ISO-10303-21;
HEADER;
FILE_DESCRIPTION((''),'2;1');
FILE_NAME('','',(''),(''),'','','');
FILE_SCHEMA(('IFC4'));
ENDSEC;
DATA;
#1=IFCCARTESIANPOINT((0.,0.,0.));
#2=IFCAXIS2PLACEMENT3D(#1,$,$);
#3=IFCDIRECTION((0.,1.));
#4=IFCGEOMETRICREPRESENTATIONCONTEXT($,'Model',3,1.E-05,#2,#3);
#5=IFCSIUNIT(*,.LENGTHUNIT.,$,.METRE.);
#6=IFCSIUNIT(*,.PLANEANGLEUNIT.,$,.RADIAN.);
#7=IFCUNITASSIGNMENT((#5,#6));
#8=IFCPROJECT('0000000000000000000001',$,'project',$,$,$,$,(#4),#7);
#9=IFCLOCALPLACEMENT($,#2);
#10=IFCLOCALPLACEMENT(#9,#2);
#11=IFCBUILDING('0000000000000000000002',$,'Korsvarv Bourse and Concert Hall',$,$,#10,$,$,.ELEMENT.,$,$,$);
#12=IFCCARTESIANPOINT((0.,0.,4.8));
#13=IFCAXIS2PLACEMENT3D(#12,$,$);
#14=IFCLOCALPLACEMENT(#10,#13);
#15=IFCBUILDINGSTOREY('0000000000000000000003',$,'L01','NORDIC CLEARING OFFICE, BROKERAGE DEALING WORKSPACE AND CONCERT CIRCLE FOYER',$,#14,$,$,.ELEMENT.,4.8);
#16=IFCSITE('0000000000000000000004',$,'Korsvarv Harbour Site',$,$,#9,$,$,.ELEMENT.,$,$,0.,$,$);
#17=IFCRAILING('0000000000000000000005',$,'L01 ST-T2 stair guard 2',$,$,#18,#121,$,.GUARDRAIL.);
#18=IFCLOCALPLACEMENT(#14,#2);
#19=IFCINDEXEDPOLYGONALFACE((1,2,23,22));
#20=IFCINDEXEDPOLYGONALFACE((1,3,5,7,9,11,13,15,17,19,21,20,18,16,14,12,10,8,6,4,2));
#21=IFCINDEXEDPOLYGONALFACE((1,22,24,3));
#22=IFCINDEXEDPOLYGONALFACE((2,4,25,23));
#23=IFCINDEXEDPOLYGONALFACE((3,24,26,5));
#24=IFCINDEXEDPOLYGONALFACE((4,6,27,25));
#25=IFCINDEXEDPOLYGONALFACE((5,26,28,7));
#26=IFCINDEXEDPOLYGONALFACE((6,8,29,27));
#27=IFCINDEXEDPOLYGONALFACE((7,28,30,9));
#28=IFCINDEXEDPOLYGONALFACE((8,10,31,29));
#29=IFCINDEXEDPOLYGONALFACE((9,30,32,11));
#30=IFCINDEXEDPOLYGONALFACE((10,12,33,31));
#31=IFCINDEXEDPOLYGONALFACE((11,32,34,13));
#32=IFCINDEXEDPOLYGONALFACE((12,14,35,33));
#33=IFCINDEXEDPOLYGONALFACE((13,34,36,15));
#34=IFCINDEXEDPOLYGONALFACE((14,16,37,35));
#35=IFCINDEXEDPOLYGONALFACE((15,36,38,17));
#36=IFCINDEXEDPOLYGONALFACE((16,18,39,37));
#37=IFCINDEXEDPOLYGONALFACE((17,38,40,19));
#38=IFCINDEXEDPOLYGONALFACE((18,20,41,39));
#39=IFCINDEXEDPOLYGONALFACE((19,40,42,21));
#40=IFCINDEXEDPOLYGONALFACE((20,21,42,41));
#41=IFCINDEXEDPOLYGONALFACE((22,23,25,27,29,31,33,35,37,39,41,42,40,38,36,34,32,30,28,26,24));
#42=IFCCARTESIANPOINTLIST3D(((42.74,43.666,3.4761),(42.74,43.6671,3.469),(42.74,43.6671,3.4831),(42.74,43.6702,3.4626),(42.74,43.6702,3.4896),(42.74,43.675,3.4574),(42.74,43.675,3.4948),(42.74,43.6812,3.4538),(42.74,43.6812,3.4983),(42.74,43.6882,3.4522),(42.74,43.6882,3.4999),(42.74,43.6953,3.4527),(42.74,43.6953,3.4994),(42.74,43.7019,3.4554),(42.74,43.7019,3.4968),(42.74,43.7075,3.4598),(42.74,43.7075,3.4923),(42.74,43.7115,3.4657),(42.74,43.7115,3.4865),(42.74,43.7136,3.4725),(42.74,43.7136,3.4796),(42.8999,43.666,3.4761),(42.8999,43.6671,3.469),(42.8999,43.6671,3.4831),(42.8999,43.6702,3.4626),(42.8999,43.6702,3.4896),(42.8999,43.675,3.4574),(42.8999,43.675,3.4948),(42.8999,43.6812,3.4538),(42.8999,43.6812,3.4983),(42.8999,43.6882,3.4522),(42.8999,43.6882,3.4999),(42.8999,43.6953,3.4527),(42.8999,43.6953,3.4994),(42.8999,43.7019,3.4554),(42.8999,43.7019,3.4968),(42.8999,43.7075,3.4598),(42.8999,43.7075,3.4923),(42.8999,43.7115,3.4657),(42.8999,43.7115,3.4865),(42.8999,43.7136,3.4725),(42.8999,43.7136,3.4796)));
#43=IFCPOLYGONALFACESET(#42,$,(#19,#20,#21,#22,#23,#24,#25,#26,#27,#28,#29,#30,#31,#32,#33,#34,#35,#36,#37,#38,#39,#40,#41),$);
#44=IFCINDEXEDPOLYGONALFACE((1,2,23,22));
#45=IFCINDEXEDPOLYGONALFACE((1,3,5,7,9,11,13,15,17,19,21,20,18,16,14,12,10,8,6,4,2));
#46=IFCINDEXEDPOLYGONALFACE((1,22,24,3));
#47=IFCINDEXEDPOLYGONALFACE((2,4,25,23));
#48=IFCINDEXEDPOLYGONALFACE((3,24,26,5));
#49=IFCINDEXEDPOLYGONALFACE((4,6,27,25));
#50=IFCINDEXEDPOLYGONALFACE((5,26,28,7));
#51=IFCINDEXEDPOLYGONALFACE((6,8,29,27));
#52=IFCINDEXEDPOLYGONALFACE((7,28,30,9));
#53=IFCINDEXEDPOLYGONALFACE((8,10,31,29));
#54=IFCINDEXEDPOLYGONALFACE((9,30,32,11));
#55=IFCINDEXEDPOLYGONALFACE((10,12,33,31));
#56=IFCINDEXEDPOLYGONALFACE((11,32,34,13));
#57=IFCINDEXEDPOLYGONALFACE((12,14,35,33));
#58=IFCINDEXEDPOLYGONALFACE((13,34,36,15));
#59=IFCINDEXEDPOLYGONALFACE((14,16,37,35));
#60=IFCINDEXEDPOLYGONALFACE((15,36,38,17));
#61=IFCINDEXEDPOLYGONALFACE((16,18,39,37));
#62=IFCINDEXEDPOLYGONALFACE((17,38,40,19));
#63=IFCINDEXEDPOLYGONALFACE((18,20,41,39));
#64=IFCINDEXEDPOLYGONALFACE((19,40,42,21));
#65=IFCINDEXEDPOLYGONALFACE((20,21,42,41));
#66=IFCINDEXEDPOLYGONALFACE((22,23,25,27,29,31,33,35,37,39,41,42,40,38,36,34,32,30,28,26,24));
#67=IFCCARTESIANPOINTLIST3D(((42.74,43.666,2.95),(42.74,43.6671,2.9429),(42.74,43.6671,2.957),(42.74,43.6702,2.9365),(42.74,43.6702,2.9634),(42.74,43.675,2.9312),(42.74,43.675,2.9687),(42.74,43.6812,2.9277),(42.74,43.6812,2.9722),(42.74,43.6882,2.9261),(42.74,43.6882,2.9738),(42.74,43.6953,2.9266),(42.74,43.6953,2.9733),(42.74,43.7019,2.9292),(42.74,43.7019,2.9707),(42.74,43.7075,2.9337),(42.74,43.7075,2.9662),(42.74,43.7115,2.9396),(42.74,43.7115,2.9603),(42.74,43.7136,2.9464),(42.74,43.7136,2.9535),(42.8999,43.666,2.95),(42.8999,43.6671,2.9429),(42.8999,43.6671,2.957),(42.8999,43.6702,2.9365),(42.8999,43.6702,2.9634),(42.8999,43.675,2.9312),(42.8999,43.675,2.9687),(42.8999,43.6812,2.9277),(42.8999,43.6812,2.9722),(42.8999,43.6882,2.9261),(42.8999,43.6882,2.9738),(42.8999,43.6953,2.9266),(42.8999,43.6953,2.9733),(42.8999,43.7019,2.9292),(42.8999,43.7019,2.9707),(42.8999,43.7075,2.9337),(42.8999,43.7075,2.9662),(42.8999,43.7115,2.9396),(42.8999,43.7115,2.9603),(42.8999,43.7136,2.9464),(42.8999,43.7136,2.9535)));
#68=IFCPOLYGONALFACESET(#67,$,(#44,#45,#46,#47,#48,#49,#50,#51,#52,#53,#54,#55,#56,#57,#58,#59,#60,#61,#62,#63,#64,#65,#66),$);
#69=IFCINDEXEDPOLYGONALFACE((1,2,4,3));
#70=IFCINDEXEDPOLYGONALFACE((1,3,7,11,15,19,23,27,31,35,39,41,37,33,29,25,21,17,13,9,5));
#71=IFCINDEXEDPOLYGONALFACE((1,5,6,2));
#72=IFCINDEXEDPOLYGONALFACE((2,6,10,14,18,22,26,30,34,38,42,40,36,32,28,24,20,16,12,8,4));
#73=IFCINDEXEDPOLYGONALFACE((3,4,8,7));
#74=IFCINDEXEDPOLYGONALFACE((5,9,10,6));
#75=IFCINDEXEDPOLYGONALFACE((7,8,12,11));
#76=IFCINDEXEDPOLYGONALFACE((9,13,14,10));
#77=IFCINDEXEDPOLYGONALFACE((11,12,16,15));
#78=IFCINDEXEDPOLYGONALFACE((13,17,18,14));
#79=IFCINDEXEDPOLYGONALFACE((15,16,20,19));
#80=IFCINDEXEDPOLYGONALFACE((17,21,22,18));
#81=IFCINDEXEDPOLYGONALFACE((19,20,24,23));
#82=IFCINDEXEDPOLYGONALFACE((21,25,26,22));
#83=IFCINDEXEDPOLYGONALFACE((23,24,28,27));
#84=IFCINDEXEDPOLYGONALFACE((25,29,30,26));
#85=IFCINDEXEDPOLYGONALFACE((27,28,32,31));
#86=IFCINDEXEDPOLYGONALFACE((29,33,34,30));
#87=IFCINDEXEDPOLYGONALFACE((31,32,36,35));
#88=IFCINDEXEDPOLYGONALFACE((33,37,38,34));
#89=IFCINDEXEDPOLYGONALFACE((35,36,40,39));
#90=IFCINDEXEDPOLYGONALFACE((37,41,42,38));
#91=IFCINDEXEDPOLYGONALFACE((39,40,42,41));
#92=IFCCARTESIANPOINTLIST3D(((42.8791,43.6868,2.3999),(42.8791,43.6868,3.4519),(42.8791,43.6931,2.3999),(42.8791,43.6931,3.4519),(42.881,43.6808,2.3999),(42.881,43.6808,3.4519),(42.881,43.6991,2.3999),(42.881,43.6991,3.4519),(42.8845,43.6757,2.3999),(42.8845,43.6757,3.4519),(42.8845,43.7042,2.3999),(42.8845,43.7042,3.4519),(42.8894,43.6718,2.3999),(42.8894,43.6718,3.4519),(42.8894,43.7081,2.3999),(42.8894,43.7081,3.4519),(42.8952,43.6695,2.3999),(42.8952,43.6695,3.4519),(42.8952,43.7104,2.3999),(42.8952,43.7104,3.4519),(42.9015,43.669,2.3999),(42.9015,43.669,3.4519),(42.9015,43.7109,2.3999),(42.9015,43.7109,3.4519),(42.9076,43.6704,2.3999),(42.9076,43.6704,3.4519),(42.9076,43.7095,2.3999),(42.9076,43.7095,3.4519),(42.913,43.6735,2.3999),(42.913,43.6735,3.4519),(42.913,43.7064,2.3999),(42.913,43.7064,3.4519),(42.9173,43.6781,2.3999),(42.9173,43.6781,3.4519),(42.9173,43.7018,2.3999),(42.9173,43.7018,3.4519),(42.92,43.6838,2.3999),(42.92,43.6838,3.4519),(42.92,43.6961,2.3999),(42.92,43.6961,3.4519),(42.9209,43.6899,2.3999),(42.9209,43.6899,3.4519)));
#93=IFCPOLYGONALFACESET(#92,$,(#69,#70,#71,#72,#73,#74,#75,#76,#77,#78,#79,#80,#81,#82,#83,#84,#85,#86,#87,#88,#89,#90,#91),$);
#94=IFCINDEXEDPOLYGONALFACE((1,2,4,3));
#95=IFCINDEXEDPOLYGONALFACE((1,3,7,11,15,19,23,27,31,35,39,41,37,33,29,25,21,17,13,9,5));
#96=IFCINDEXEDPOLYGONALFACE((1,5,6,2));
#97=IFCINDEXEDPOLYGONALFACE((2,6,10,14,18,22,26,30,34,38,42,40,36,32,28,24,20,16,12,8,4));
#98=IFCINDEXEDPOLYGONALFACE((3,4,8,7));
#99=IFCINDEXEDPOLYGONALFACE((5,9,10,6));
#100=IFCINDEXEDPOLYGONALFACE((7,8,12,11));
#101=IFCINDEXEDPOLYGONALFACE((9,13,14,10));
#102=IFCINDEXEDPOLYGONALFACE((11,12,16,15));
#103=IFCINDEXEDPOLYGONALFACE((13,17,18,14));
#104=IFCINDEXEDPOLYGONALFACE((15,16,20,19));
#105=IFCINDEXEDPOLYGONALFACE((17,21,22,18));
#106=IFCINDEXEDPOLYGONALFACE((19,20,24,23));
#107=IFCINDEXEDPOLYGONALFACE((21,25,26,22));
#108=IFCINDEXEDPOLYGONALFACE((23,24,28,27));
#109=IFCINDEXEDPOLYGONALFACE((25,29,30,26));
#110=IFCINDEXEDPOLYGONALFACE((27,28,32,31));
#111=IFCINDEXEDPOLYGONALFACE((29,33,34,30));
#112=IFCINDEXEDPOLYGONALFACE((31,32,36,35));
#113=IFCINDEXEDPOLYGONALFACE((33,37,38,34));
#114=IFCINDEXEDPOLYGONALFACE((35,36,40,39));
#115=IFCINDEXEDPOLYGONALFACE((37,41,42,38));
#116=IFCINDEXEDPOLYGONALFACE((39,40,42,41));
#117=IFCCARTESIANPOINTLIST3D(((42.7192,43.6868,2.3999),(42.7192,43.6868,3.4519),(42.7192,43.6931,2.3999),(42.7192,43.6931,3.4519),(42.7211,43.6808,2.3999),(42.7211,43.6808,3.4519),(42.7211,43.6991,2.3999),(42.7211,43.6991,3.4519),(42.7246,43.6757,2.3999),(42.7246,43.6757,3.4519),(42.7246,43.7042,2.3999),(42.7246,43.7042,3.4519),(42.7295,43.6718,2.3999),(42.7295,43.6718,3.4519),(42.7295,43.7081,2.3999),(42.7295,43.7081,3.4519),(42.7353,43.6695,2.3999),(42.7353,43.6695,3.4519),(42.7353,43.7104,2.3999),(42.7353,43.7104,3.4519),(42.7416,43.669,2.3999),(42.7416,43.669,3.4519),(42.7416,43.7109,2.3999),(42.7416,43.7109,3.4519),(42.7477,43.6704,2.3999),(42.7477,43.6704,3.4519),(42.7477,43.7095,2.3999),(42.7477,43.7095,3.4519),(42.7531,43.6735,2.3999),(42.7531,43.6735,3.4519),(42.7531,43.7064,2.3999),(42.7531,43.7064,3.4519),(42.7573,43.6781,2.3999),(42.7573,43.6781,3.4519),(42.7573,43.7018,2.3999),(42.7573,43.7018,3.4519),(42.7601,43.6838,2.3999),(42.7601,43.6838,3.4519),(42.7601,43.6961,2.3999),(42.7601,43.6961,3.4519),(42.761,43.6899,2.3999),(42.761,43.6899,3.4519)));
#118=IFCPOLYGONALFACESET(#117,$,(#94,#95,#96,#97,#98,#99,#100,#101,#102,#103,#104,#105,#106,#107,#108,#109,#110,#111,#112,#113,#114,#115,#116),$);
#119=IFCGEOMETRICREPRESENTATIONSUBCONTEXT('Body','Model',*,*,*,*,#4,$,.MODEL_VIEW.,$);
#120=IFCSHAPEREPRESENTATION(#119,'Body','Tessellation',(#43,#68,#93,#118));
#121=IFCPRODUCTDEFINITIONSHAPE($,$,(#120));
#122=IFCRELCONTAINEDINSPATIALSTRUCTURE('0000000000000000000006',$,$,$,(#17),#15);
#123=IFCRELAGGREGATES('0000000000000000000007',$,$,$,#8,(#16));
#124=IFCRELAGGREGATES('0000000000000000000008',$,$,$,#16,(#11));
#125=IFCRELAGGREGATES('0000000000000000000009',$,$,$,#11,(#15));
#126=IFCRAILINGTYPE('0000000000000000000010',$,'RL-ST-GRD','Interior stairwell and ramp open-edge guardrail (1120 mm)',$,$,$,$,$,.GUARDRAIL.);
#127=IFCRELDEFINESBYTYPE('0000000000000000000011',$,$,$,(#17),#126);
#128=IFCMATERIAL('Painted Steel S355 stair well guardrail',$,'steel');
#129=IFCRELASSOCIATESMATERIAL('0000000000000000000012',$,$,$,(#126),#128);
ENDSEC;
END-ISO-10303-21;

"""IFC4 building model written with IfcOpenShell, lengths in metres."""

from ifc_helpers import new_model, si_unit, direction, frame, origin, origin_2d, place, context, subcontext, project, spatial, circle, extrude, material, type_object, element, save


model = new_model("IFC4")

# Units and contexts
model_context = context("Model", 3, precision=1e-05, world=origin(), true_north=direction((0.0, 1.0)))
body_context = subcontext(model_context, "Body", "Model", "MODEL_VIEW")
ifc_project = project(units=[si_unit("LENGTHUNIT", "METRE"), si_unit("PLANEANGLEUNIT", "RADIAN")], contexts=[model_context])

# Site, building, storey
site_placement = place(None, origin())
site = spatial("IfcSite", under=ifc_project, at=site_placement, Name="Korsvarv Harbour Site", CompositionType="ELEMENT", RefElevation=0.0)
building_placement = place(site_placement, origin())
building = spatial("IfcBuilding", under=site, at=building_placement, Name="Korsvarv Bourse and Concert Hall", CompositionType="ELEMENT")
storey_placement = place(building_placement, frame((0.0, 0.0, 4.8)))
storey = spatial("IfcBuildingStorey", under=building, at=storey_placement, Name="L01", Description="NORDIC CLEARING OFFICE, BROKERAGE DEALING WORKSPACE AND CONCERT CIRCLE FOYER", CompositionType="ELEMENT", Elevation=4.8)

# Railing
ifc_material_1 = material(Name="Painted Steel S355 stair well guardrail", Category="steel")
railing_type_1 = type_object("IfcRailingType", Name="RL-ST-GRD", Description="Interior stairwell and ramp open-edge guardrail (1120 mm)", PredefinedType="GUARDRAIL", material=ifc_material_1)
railing_1_placement = place(storey_placement, frame((42.8999, 43.6899, 2.3999)))
element("IfcRailing", 1, at=railing_1_placement, inside=storey, type_object=railing_type_1, Name="L01 ST-T2 stair guard 2", PredefinedType="GUARDRAIL", context=body_context, shape_type="SweptSolid", body=[
    extrude(circle(Radius=0.0239, at=origin_2d()), frame((0.0, 0.0, 1.0762), z_axis=(-1.0, 0.0, 0.0), x_axis=(0.0, -1.0, 0.0)), (0.0, 0.0, 1.0), 0.1599),
    extrude(circle(Radius=0.0239, at=origin_2d()), frame((0.0, 0.0, 0.55), z_axis=(-1.0, 0.0, 0.0), x_axis=(0.0, -1.0, 0.0)), (0.0, 0.0, 1.0), 0.1599),
    extrude(circle(Radius=0.021, at=origin_2d()), origin(), (0.0, 0.0, 1.0), 1.052),
    extrude(circle(Radius=0.021, at=origin_2d()), frame((-0.1599, 0.0, 0.0)), (0.0, 0.0, 1.0), 1.052),
])

save(model, "model.ifc")
